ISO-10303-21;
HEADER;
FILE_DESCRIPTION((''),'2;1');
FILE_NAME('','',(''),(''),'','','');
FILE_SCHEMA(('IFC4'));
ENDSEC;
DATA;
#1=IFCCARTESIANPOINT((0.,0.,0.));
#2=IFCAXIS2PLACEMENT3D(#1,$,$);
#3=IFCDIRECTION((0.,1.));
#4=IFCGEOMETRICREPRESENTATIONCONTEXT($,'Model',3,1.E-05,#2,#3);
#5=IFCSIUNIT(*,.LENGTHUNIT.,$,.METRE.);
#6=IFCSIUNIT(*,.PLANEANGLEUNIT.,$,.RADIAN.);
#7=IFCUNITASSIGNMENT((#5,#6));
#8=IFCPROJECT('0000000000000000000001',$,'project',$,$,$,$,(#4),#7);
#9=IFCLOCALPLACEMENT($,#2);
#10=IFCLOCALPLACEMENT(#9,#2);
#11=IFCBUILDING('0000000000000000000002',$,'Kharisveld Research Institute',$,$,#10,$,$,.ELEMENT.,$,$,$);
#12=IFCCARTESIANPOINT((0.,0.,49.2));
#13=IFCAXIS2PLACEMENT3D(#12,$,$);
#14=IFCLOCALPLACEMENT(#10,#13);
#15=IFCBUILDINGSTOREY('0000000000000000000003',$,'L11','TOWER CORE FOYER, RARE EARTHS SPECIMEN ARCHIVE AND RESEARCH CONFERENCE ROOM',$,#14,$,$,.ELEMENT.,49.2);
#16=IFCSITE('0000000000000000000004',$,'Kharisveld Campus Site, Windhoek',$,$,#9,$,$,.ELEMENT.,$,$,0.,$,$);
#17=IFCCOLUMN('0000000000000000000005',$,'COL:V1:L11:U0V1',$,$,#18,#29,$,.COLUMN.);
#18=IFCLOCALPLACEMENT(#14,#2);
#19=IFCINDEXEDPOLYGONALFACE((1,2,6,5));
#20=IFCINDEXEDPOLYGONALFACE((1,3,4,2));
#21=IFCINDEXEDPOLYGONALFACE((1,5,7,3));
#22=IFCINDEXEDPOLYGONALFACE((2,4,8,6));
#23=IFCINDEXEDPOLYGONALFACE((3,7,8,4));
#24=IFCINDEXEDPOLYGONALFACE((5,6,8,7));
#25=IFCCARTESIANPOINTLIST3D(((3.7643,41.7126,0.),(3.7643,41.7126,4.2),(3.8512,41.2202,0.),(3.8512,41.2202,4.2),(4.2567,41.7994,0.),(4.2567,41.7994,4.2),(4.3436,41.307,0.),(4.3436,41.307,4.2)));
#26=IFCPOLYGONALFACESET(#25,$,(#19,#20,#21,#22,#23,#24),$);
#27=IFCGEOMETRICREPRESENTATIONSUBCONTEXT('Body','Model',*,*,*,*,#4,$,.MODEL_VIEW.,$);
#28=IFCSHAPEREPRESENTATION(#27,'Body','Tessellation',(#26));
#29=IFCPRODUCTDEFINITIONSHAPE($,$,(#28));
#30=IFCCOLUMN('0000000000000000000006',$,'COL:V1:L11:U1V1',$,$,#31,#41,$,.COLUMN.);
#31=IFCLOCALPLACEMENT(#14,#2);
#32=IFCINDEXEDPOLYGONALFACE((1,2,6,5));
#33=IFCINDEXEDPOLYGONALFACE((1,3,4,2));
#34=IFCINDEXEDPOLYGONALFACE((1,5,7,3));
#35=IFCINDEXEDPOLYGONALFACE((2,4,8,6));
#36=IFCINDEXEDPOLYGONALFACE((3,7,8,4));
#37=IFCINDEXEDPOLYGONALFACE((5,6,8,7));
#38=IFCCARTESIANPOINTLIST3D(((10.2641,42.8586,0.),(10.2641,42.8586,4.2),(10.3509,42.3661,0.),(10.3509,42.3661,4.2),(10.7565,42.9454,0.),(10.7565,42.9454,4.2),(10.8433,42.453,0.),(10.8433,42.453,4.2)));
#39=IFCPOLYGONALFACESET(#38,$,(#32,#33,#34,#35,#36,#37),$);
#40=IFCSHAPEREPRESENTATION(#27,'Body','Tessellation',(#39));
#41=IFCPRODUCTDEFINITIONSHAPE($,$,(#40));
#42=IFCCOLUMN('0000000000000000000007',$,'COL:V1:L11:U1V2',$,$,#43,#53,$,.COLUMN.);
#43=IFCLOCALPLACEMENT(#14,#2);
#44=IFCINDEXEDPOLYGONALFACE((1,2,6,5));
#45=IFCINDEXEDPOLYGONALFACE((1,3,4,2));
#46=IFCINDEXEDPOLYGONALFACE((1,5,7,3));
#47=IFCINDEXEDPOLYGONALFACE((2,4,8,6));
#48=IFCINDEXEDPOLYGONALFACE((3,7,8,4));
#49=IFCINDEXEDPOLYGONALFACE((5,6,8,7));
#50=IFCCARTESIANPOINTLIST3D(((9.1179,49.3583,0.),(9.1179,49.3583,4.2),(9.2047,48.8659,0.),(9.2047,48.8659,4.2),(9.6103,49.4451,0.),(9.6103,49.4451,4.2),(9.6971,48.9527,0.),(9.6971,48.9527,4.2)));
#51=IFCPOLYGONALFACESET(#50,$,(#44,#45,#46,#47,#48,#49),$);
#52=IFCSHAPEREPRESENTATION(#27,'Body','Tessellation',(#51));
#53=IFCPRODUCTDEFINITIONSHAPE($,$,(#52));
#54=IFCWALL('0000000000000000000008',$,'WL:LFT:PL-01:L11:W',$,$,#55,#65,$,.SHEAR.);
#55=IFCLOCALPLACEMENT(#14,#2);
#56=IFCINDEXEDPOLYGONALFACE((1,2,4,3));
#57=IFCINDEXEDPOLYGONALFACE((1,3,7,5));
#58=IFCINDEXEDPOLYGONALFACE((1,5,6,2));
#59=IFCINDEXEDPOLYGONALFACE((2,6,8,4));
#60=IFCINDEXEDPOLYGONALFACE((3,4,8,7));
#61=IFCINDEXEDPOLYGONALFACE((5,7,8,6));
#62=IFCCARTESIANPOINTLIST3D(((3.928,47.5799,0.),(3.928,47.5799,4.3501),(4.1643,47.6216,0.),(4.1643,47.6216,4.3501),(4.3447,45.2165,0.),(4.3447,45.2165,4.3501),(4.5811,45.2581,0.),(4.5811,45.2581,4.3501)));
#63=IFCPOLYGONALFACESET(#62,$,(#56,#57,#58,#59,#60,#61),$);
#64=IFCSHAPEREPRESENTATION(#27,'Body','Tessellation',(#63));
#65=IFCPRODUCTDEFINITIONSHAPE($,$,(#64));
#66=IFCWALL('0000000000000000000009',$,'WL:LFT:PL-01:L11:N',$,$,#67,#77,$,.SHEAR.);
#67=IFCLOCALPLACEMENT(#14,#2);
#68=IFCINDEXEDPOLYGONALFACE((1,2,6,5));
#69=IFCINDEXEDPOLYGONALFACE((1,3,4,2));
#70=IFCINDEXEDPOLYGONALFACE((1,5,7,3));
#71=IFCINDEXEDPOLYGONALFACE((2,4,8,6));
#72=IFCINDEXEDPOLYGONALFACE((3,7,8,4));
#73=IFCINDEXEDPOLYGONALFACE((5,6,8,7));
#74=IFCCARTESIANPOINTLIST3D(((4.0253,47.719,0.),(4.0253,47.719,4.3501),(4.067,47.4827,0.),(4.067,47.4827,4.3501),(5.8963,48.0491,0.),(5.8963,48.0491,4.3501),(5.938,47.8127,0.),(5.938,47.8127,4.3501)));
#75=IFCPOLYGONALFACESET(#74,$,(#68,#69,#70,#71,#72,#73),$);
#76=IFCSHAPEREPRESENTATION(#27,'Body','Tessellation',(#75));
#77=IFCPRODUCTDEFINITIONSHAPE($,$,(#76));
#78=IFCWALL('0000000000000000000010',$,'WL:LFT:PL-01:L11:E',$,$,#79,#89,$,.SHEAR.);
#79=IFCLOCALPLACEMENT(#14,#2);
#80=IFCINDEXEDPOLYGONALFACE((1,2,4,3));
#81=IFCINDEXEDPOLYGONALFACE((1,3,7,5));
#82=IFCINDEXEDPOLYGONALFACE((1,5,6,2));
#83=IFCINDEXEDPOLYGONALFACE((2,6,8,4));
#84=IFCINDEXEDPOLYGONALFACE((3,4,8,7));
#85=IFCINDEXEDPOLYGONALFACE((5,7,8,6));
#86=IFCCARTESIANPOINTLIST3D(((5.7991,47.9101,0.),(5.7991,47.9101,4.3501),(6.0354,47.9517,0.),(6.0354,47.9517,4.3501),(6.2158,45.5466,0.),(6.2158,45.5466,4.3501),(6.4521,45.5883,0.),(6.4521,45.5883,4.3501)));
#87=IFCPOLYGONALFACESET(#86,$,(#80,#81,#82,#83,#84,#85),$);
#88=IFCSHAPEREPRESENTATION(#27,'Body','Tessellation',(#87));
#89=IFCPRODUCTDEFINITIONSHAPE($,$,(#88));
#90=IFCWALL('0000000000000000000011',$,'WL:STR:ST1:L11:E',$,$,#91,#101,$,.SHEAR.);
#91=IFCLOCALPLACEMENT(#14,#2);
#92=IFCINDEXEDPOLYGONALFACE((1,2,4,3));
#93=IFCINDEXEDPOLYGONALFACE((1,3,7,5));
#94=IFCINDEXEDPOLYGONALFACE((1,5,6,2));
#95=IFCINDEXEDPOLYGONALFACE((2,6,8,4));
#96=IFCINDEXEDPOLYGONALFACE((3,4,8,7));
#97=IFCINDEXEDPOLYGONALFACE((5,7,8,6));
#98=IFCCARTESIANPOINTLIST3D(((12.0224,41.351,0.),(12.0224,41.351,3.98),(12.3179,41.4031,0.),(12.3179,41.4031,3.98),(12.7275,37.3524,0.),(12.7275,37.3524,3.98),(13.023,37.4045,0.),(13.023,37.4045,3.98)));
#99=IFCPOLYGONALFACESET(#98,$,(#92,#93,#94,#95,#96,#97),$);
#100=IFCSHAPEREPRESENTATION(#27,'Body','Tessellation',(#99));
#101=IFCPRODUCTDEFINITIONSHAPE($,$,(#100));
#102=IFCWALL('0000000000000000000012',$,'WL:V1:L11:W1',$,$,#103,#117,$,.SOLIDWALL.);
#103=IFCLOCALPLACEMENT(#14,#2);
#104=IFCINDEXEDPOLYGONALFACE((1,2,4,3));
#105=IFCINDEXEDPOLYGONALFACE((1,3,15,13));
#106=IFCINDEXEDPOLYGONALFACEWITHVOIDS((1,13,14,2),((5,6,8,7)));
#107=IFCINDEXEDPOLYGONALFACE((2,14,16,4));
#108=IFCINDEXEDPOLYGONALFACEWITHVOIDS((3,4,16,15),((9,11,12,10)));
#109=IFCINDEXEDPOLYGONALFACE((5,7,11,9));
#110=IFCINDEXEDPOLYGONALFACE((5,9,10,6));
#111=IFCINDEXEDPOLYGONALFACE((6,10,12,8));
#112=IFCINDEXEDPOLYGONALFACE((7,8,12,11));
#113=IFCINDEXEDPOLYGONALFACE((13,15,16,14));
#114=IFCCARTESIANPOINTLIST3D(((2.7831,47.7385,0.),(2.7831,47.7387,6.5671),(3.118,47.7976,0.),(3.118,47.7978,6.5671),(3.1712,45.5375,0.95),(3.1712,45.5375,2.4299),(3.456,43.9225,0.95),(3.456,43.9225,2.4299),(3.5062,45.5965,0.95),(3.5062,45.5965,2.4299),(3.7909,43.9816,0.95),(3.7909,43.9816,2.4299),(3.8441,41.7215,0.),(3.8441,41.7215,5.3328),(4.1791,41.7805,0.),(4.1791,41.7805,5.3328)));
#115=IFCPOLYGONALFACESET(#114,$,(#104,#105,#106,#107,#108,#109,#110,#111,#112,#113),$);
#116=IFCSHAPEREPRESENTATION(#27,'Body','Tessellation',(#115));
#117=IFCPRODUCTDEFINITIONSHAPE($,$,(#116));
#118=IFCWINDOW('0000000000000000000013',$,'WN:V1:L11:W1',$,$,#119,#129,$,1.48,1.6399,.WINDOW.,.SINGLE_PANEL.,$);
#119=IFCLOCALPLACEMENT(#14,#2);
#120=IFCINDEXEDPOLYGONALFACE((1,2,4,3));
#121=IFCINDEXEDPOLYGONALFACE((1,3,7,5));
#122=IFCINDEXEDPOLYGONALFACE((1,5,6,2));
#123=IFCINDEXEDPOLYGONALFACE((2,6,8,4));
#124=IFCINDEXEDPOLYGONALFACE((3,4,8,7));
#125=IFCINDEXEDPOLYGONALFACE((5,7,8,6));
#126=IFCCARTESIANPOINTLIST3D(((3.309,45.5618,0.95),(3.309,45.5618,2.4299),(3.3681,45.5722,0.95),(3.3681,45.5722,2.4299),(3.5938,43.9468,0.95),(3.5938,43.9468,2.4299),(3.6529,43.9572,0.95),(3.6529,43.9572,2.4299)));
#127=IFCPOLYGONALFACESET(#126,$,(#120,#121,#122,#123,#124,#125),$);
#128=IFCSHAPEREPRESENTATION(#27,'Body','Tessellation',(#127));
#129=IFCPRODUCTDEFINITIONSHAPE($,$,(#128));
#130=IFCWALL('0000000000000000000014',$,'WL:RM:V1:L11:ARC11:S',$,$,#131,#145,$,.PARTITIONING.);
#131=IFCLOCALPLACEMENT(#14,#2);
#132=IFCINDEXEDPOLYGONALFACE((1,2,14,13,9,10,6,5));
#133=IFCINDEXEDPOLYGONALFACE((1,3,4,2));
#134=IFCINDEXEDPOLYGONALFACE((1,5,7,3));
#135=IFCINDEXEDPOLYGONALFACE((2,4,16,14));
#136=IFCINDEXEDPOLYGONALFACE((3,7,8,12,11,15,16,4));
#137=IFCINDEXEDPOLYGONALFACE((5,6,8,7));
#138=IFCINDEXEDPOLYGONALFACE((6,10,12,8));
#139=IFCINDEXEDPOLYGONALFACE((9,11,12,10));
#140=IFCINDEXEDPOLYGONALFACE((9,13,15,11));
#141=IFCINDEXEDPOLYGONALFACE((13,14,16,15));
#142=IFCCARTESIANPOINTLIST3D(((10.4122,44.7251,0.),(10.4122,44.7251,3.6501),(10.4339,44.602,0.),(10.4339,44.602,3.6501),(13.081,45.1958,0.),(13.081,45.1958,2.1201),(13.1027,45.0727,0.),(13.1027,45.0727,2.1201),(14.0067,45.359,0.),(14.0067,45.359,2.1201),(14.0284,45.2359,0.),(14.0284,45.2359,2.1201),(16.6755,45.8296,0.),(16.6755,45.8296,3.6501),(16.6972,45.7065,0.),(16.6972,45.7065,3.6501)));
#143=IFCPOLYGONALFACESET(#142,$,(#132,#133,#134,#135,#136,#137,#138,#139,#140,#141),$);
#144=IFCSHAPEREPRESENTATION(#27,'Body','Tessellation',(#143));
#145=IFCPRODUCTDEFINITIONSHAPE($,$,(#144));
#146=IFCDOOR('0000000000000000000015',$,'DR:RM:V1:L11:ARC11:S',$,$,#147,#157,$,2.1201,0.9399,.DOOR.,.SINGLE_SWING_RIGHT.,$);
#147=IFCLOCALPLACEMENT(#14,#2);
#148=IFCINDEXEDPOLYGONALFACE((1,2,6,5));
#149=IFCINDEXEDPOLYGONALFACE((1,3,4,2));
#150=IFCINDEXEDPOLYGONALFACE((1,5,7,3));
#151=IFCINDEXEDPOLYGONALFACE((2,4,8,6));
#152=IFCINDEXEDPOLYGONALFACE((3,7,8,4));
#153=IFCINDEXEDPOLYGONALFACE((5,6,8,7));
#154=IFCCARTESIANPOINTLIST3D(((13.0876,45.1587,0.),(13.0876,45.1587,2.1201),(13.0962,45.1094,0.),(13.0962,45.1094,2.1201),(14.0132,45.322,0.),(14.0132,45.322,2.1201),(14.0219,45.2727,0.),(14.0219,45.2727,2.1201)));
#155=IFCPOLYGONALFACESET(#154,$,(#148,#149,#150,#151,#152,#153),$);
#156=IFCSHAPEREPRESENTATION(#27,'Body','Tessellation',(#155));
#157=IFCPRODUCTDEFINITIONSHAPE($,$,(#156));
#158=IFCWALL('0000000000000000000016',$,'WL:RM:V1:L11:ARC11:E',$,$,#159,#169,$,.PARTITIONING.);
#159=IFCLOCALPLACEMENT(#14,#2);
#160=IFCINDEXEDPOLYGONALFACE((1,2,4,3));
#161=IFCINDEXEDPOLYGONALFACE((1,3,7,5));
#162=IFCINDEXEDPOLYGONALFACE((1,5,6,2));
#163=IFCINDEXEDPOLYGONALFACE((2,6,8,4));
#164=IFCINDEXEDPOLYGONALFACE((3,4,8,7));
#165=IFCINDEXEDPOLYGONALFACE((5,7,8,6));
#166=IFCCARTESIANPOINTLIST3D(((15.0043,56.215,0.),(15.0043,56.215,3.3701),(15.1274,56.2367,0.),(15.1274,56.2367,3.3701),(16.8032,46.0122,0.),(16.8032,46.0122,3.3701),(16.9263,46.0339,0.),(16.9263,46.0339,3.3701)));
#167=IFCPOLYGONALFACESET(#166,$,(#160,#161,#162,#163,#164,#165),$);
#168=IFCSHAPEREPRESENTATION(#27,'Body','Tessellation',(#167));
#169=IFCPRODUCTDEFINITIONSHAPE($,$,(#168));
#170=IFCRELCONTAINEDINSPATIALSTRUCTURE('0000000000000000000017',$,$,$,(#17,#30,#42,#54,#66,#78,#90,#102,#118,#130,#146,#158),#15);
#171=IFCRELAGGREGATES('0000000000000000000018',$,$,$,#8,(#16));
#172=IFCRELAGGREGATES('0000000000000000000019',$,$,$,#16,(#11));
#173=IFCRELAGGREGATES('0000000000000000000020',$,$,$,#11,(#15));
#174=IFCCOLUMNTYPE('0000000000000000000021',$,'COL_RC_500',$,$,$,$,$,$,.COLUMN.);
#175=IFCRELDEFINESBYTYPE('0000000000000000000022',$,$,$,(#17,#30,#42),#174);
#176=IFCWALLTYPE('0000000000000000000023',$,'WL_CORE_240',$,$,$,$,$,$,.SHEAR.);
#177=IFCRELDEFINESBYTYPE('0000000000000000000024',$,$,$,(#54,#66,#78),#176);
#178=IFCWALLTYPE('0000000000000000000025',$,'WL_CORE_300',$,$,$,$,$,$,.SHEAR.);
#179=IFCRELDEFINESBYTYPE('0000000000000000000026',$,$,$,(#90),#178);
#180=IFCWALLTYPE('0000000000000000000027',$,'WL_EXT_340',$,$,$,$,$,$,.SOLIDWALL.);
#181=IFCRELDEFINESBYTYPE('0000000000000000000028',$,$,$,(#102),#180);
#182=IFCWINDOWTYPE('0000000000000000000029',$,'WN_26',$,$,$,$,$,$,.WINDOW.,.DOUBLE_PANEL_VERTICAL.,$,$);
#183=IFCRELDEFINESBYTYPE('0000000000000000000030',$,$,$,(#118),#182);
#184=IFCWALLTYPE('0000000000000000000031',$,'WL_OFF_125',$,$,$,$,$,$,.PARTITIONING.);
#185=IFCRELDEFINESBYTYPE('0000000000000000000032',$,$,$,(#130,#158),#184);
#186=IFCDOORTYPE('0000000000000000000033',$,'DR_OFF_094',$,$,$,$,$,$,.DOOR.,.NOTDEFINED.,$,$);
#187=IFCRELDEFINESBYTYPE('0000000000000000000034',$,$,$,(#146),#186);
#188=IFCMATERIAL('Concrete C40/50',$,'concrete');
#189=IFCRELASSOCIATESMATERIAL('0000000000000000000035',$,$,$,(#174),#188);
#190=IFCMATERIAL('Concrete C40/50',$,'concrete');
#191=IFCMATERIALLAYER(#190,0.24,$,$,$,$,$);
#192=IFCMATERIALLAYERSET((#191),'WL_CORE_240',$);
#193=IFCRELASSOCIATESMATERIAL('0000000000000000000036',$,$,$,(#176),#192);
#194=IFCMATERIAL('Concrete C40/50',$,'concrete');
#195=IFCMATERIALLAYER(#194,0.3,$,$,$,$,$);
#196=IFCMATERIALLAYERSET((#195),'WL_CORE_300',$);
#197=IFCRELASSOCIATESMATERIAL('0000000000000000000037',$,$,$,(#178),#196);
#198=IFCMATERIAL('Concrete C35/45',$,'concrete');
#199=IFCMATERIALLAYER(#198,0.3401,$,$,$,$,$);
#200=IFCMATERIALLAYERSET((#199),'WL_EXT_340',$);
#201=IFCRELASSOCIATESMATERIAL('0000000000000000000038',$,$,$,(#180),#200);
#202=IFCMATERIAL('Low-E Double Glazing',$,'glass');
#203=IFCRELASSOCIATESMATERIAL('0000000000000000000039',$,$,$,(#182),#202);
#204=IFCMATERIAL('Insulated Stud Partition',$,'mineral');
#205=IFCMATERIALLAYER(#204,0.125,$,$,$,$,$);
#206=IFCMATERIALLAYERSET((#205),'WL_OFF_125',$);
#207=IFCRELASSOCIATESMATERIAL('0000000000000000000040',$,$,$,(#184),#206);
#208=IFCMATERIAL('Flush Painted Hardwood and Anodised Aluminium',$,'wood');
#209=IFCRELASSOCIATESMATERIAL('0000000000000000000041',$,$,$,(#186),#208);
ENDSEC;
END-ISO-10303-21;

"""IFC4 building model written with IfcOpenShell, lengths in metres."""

from ifc_helpers import new_model, si_unit, direction, frame, frame_2d, origin, origin_2d, place, context, subcontext, project, spatial, polyline, rectangle, outline, extrude, material, layer, layer_set, material_profile, profile_set, type_object, element, fill, save


model = new_model("IFC4")

# Units and contexts
model_context = context("Model", 3, precision=1e-05, world=origin(), true_north=direction((0.0, 1.0)))
body_context = subcontext(model_context, "Body", "Model", "MODEL_VIEW")
ifc_project = project(units=[si_unit("LENGTHUNIT", "METRE"), si_unit("PLANEANGLEUNIT", "RADIAN")], contexts=[model_context])

# Site, building, storey
site_placement = place(None, origin())
site = spatial("IfcSite", under=ifc_project, at=site_placement, Name="Kharisveld Campus Site, Windhoek", CompositionType="ELEMENT", RefElevation=0.0)
building_placement = place(site_placement, origin())
building = spatial("IfcBuilding", under=site, at=building_placement, Name="Kharisveld Research Institute", CompositionType="ELEMENT")
storey_placement = place(building_placement, frame((0.0, 0.0, 49.2)))
storey = spatial("IfcBuildingStorey", under=building, at=storey_placement, Name="L11", Description="TOWER CORE FOYER, RARE EARTHS SPECIMEN ARCHIVE AND RESEARCH CONFERENCE ROOM", CompositionType="ELEMENT", Elevation=49.2)

# Columns
ifc_material_1 = material(Name="Concrete C40/50", Category="concrete")
ifc_material_profile = material_profile(ifc_material_1, rectangle(XDim=0.5, YDim=0.5, at=origin_2d()))
ifc_profile_set = profile_set([ifc_material_profile], Name="Concrete C40/50")
column_type = type_object("IfcColumnType", Name="COL_RC_500", PredefinedType="COLUMN", material=ifc_profile_set)
for number, where, z_axis, x_axis, name in (
    (1, (4.054, 41.5098, 0.0), (0.0, 0.0, 1.0), (0.984808, 0.173648, 0.0), "COL:V1:L11:U0V1"),
    (2, (10.5537, 42.6558, 0.0), (0.0, 0.0, 1.0), (0.984808, 0.173648, 0.0), "COL:V1:L11:U1V1"),
    (3, (9.4075, 49.1555, 0.0), (0.0, 0.0, 1.0), (0.984808, 0.173648, 0.0), "COL:V1:L11:U1V2"),
):
    element("IfcColumn", number, at=place(storey_placement, frame(where, z_axis=z_axis, x_axis=x_axis)), inside=storey, type_object=column_type, Name=name, PredefinedType="COLUMN", context=body_context, shape_type="SweptSolid", body=[
        extrude(rectangle(XDim=0.5, YDim=0.5, at=origin_2d()), origin(), (0.0, 0.0, 1.0), 4.2),
    ])

# Walls
ifc_material_2 = material(Name="Concrete C40/50", Category="concrete")
ifc_layer_1 = layer(ifc_material_2, 0.24)
ifc_layer_set_1 = layer_set([ifc_layer_1], Name="WL_CORE_240")
wall_type_1 = type_object("IfcWallType", Name="WL_CORE_240", PredefinedType="SHEAR", material=ifc_layer_set_1)
wall_1_placement = place(storey_placement, frame((4.4629, 45.2373, 0.0), z_axis=(0.0, 0.0, 1.0), x_axis=(-0.173646, 0.984808, 0.0)))
element("IfcWall", 4, at=wall_1_placement, inside=storey, type_object=wall_type_1, Name="WL:LFT:PL-01:L11:W", PredefinedType="SHEAR", context=body_context, shape_type="SweptSolid", body=[
    extrude(rectangle(XDim=2.3999, YDim=0.24, at=frame_2d((1.2, 0.0))), origin(), (0.0, 0.0, 1.0), 4.3501),
])
wall_2_placement = place(storey_placement, frame((4.0461, 47.6008, 0.0), z_axis=(0.0, 0.0, 1.0), x_axis=(0.984794, 0.173727, 0.0)))
element("IfcWall", 5, at=wall_2_placement, inside=storey, type_object=wall_type_1, Name="WL:LFT:PL-01:L11:N", PredefinedType="SHEAR", context=body_context, shape_type="SweptSolid", body=[
    extrude(rectangle(XDim=1.8999, YDim=0.24, at=frame_2d((0.95, 0.0))), origin(), (0.0, 0.0, 1.0), 4.3501),
])
wall_3_placement = place(storey_placement, frame((5.9172, 47.9309, 0.0), z_axis=(0.0, 0.0, 1.0), x_axis=(0.173646, -0.984808, 0.0)))
element("IfcWall", 6, at=wall_3_placement, inside=storey, type_object=wall_type_1, Name="WL:LFT:PL-01:L11:E", PredefinedType="SHEAR", context=body_context, shape_type="SweptSolid", body=[
    extrude(rectangle(XDim=2.3999, YDim=0.24, at=frame_2d((1.2, 0.0))), origin(), (0.0, 0.0, 1.0), 4.3501),
])

# Shared definitions
ifc_material_3 = material(Name="Concrete C40/50", Category="concrete")
ifc_layer_2 = layer(ifc_material_3, 0.3)
ifc_layer_set_2 = layer_set([ifc_layer_2], Name="WL_CORE_300")
wall_type_2 = type_object("IfcWallType", Name="WL_CORE_300", PredefinedType="SHEAR", material=ifc_layer_set_2)

# Wall
wall_4_placement = place(storey_placement, frame((12.1702, 41.3772, 0.0), z_axis=(0.0, 0.0, 1.0), x_axis=(0.173655, -0.984807, 0.0)))
element("IfcWall", 7, at=wall_4_placement, inside=storey, type_object=wall_type_2, Name="WL:STR:ST1:L11:E", PredefinedType="SHEAR", context=body_context, shape_type="SweptSolid", body=[
    extrude(rectangle(XDim=4.0603, YDim=0.3, at=frame_2d((2.0303, 0.0))), origin(), (0.0, 0.0, 1.0), 3.98),
])

# Wall, opening, window
ifc_material_4 = material(Name="Concrete C35/45", Category="concrete")
ifc_layer_3 = layer(ifc_material_4, 0.3401)
ifc_layer_set_3 = layer_set([ifc_layer_3], Name="WL_EXT_340")
wall_type_3 = type_object("IfcWallType", Name="WL_EXT_340", PredefinedType="SOLIDWALL", material=ifc_layer_set_3)
wall_5_placement = place(storey_placement, frame((4.0115, 41.751, 0.0), z_axis=(0.0, 0.0, 1.0), x_axis=(-0.173658, 0.984806, 0.0)))
wall_5 = element("IfcWall", 8, at=wall_5_placement, inside=storey, type_object=wall_type_3, Name="WL:V1:L11:W1", PredefinedType="SOLIDWALL", context=body_context, shape_type="SweptSolid", body=[
    extrude(outline(polyline([(0.0, 0.0), (6.1099, 0.0), (6.1101, 6.5671), (0.0, 5.3328), (0.0, 0.0)])), frame((0.0, 0.1699, 0.0), z_axis=(0.0, -1.0, 0.0), x_axis=(1.0, 0.0, 0.0)), (0.0, 0.0, 1.0), 0.3401),
])
opening_1_placement = place(wall_5_placement, frame((2.2351, 0.0, 0.95)))
opening_1 = element("IfcOpeningElement", 9, at=opening_1_placement, cuts=wall_5, PredefinedType="OPENING", context=body_context, shape_type="SweptSolid", body=[
    extrude(rectangle(XDim=1.6399, YDim=1.48, at=frame_2d((0.8198, 0.74))), frame((0.0, 0.1699, 0.0), z_axis=(0.0, -1.0, 0.0), x_axis=(1.0, 0.0, 0.0)), (0.0, 0.0, 1.0), 0.3401),
])
ifc_material_5 = material(Name="Low-E Double Glazing", Category="glass")
window_type = type_object("IfcWindowType", Name="WN_26", PartitioningType="DOUBLE_PANEL_VERTICAL", PredefinedType="WINDOW", material=ifc_material_5)
window_placement = place(opening_1_placement, origin())
window = element("IfcWindow", 10, at=window_placement, inside=storey, type_object=window_type, Name="WN:V1:L11:W1", OverallHeight=1.48, OverallWidth=1.6399, PartitioningType="SINGLE_PANEL", PredefinedType="WINDOW", context=body_context, shape_type="SweptSolid", body=[
    extrude(rectangle(XDim=1.6399, YDim=1.48, at=frame_2d((0.8198, 0.74))), frame((0.0, 0.03, 0.0), z_axis=(0.0, -1.0, 0.0), x_axis=(1.0, 0.0, 0.0)), (0.0, 0.0, 1.0), 0.0601),
])
fill(opening_1, window)

# Wall, opening, door
ifc_material_6 = material(Name="Insulated Stud Partition", Category="mineral")
ifc_layer_4 = layer(ifc_material_6, 0.125)
ifc_layer_set_4 = layer_set([ifc_layer_4], Name="WL_OFF_125")
wall_type_4 = type_object("IfcWallType", Name="WL_OFF_125", PredefinedType="PARTITIONING", material=ifc_layer_set_4)
wall_6_placement = place(storey_placement, frame((10.4231, 44.6636, 0.0), z_axis=(0.0, 0.0, 1.0), x_axis=(0.984804, 0.173667, 0.0)))
wall_6 = element("IfcWall", 11, at=wall_6_placement, inside=storey, type_object=wall_type_4, Name="WL:RM:V1:L11:ARC11:S", PredefinedType="PARTITIONING", context=body_context, shape_type="SweptSolid", body=[
    extrude(rectangle(XDim=6.3599, YDim=0.125, at=frame_2d((3.1799, 0.0))), origin(), (0.0, 0.0, 1.0), 3.6501),
])
opening_2_placement = place(wall_6_placement, frame((2.71, 0.0, 0.0)))
opening_2 = element("IfcOpeningElement", 12, at=opening_2_placement, cuts=wall_6, PredefinedType="OPENING", context=body_context, shape_type="SweptSolid", body=[
    extrude(rectangle(XDim=0.9399, YDim=2.1201, at=frame_2d((0.47, 1.0601))), frame((0.0, 0.0625, 0.0), z_axis=(0.0, -1.0, 0.0), x_axis=(1.0, 0.0, 0.0)), (0.0, 0.0, 1.0), 0.125),
])
ifc_material_7 = material(Name="Flush Painted Hardwood and Anodised Aluminium", Category="wood")
door_type_1 = type_object("IfcDoorType", Name="DR_OFF_094", OperationType="NOTDEFINED", PredefinedType="DOOR", material=ifc_material_7)
door_1_placement = place(opening_2_placement, origin())
door_1 = element("IfcDoor", 13, at=door_1_placement, inside=storey, type_object=door_type_1, Name="DR:RM:V1:L11:ARC11:S", OperationType="SINGLE_SWING_RIGHT", OverallHeight=2.1201, OverallWidth=0.9399, PredefinedType="DOOR", context=body_context, shape_type="SweptSolid", body=[
    extrude(rectangle(XDim=0.9399, YDim=2.1201, at=frame_2d((0.47, 1.0601))), frame((0.0, 0.0249, 0.0), z_axis=(0.0, -1.0, 0.0), x_axis=(1.0, 0.0, 0.0)), (0.0, 0.0, 1.0), 0.05),
])
fill(opening_2, door_1)

# Wall
wall_7_placement = place(storey_placement, frame((16.8647, 46.0229, 0.0), z_axis=(0.0, 0.0, 1.0), x_axis=(-0.173632, 0.984811, 0.0)))
element("IfcWall", 14, at=wall_7_placement, inside=storey, type_object=wall_type_4, Name="WL:RM:V1:L11:ARC11:E", PredefinedType="PARTITIONING", context=body_context, shape_type="SweptSolid", body=[
    extrude(rectangle(XDim=10.3601, YDim=0.125, at=frame_2d((5.1802, 0.0))), origin(), (0.0, 0.0, 1.0), 3.3701),
])

save(model, "model.ifc")
